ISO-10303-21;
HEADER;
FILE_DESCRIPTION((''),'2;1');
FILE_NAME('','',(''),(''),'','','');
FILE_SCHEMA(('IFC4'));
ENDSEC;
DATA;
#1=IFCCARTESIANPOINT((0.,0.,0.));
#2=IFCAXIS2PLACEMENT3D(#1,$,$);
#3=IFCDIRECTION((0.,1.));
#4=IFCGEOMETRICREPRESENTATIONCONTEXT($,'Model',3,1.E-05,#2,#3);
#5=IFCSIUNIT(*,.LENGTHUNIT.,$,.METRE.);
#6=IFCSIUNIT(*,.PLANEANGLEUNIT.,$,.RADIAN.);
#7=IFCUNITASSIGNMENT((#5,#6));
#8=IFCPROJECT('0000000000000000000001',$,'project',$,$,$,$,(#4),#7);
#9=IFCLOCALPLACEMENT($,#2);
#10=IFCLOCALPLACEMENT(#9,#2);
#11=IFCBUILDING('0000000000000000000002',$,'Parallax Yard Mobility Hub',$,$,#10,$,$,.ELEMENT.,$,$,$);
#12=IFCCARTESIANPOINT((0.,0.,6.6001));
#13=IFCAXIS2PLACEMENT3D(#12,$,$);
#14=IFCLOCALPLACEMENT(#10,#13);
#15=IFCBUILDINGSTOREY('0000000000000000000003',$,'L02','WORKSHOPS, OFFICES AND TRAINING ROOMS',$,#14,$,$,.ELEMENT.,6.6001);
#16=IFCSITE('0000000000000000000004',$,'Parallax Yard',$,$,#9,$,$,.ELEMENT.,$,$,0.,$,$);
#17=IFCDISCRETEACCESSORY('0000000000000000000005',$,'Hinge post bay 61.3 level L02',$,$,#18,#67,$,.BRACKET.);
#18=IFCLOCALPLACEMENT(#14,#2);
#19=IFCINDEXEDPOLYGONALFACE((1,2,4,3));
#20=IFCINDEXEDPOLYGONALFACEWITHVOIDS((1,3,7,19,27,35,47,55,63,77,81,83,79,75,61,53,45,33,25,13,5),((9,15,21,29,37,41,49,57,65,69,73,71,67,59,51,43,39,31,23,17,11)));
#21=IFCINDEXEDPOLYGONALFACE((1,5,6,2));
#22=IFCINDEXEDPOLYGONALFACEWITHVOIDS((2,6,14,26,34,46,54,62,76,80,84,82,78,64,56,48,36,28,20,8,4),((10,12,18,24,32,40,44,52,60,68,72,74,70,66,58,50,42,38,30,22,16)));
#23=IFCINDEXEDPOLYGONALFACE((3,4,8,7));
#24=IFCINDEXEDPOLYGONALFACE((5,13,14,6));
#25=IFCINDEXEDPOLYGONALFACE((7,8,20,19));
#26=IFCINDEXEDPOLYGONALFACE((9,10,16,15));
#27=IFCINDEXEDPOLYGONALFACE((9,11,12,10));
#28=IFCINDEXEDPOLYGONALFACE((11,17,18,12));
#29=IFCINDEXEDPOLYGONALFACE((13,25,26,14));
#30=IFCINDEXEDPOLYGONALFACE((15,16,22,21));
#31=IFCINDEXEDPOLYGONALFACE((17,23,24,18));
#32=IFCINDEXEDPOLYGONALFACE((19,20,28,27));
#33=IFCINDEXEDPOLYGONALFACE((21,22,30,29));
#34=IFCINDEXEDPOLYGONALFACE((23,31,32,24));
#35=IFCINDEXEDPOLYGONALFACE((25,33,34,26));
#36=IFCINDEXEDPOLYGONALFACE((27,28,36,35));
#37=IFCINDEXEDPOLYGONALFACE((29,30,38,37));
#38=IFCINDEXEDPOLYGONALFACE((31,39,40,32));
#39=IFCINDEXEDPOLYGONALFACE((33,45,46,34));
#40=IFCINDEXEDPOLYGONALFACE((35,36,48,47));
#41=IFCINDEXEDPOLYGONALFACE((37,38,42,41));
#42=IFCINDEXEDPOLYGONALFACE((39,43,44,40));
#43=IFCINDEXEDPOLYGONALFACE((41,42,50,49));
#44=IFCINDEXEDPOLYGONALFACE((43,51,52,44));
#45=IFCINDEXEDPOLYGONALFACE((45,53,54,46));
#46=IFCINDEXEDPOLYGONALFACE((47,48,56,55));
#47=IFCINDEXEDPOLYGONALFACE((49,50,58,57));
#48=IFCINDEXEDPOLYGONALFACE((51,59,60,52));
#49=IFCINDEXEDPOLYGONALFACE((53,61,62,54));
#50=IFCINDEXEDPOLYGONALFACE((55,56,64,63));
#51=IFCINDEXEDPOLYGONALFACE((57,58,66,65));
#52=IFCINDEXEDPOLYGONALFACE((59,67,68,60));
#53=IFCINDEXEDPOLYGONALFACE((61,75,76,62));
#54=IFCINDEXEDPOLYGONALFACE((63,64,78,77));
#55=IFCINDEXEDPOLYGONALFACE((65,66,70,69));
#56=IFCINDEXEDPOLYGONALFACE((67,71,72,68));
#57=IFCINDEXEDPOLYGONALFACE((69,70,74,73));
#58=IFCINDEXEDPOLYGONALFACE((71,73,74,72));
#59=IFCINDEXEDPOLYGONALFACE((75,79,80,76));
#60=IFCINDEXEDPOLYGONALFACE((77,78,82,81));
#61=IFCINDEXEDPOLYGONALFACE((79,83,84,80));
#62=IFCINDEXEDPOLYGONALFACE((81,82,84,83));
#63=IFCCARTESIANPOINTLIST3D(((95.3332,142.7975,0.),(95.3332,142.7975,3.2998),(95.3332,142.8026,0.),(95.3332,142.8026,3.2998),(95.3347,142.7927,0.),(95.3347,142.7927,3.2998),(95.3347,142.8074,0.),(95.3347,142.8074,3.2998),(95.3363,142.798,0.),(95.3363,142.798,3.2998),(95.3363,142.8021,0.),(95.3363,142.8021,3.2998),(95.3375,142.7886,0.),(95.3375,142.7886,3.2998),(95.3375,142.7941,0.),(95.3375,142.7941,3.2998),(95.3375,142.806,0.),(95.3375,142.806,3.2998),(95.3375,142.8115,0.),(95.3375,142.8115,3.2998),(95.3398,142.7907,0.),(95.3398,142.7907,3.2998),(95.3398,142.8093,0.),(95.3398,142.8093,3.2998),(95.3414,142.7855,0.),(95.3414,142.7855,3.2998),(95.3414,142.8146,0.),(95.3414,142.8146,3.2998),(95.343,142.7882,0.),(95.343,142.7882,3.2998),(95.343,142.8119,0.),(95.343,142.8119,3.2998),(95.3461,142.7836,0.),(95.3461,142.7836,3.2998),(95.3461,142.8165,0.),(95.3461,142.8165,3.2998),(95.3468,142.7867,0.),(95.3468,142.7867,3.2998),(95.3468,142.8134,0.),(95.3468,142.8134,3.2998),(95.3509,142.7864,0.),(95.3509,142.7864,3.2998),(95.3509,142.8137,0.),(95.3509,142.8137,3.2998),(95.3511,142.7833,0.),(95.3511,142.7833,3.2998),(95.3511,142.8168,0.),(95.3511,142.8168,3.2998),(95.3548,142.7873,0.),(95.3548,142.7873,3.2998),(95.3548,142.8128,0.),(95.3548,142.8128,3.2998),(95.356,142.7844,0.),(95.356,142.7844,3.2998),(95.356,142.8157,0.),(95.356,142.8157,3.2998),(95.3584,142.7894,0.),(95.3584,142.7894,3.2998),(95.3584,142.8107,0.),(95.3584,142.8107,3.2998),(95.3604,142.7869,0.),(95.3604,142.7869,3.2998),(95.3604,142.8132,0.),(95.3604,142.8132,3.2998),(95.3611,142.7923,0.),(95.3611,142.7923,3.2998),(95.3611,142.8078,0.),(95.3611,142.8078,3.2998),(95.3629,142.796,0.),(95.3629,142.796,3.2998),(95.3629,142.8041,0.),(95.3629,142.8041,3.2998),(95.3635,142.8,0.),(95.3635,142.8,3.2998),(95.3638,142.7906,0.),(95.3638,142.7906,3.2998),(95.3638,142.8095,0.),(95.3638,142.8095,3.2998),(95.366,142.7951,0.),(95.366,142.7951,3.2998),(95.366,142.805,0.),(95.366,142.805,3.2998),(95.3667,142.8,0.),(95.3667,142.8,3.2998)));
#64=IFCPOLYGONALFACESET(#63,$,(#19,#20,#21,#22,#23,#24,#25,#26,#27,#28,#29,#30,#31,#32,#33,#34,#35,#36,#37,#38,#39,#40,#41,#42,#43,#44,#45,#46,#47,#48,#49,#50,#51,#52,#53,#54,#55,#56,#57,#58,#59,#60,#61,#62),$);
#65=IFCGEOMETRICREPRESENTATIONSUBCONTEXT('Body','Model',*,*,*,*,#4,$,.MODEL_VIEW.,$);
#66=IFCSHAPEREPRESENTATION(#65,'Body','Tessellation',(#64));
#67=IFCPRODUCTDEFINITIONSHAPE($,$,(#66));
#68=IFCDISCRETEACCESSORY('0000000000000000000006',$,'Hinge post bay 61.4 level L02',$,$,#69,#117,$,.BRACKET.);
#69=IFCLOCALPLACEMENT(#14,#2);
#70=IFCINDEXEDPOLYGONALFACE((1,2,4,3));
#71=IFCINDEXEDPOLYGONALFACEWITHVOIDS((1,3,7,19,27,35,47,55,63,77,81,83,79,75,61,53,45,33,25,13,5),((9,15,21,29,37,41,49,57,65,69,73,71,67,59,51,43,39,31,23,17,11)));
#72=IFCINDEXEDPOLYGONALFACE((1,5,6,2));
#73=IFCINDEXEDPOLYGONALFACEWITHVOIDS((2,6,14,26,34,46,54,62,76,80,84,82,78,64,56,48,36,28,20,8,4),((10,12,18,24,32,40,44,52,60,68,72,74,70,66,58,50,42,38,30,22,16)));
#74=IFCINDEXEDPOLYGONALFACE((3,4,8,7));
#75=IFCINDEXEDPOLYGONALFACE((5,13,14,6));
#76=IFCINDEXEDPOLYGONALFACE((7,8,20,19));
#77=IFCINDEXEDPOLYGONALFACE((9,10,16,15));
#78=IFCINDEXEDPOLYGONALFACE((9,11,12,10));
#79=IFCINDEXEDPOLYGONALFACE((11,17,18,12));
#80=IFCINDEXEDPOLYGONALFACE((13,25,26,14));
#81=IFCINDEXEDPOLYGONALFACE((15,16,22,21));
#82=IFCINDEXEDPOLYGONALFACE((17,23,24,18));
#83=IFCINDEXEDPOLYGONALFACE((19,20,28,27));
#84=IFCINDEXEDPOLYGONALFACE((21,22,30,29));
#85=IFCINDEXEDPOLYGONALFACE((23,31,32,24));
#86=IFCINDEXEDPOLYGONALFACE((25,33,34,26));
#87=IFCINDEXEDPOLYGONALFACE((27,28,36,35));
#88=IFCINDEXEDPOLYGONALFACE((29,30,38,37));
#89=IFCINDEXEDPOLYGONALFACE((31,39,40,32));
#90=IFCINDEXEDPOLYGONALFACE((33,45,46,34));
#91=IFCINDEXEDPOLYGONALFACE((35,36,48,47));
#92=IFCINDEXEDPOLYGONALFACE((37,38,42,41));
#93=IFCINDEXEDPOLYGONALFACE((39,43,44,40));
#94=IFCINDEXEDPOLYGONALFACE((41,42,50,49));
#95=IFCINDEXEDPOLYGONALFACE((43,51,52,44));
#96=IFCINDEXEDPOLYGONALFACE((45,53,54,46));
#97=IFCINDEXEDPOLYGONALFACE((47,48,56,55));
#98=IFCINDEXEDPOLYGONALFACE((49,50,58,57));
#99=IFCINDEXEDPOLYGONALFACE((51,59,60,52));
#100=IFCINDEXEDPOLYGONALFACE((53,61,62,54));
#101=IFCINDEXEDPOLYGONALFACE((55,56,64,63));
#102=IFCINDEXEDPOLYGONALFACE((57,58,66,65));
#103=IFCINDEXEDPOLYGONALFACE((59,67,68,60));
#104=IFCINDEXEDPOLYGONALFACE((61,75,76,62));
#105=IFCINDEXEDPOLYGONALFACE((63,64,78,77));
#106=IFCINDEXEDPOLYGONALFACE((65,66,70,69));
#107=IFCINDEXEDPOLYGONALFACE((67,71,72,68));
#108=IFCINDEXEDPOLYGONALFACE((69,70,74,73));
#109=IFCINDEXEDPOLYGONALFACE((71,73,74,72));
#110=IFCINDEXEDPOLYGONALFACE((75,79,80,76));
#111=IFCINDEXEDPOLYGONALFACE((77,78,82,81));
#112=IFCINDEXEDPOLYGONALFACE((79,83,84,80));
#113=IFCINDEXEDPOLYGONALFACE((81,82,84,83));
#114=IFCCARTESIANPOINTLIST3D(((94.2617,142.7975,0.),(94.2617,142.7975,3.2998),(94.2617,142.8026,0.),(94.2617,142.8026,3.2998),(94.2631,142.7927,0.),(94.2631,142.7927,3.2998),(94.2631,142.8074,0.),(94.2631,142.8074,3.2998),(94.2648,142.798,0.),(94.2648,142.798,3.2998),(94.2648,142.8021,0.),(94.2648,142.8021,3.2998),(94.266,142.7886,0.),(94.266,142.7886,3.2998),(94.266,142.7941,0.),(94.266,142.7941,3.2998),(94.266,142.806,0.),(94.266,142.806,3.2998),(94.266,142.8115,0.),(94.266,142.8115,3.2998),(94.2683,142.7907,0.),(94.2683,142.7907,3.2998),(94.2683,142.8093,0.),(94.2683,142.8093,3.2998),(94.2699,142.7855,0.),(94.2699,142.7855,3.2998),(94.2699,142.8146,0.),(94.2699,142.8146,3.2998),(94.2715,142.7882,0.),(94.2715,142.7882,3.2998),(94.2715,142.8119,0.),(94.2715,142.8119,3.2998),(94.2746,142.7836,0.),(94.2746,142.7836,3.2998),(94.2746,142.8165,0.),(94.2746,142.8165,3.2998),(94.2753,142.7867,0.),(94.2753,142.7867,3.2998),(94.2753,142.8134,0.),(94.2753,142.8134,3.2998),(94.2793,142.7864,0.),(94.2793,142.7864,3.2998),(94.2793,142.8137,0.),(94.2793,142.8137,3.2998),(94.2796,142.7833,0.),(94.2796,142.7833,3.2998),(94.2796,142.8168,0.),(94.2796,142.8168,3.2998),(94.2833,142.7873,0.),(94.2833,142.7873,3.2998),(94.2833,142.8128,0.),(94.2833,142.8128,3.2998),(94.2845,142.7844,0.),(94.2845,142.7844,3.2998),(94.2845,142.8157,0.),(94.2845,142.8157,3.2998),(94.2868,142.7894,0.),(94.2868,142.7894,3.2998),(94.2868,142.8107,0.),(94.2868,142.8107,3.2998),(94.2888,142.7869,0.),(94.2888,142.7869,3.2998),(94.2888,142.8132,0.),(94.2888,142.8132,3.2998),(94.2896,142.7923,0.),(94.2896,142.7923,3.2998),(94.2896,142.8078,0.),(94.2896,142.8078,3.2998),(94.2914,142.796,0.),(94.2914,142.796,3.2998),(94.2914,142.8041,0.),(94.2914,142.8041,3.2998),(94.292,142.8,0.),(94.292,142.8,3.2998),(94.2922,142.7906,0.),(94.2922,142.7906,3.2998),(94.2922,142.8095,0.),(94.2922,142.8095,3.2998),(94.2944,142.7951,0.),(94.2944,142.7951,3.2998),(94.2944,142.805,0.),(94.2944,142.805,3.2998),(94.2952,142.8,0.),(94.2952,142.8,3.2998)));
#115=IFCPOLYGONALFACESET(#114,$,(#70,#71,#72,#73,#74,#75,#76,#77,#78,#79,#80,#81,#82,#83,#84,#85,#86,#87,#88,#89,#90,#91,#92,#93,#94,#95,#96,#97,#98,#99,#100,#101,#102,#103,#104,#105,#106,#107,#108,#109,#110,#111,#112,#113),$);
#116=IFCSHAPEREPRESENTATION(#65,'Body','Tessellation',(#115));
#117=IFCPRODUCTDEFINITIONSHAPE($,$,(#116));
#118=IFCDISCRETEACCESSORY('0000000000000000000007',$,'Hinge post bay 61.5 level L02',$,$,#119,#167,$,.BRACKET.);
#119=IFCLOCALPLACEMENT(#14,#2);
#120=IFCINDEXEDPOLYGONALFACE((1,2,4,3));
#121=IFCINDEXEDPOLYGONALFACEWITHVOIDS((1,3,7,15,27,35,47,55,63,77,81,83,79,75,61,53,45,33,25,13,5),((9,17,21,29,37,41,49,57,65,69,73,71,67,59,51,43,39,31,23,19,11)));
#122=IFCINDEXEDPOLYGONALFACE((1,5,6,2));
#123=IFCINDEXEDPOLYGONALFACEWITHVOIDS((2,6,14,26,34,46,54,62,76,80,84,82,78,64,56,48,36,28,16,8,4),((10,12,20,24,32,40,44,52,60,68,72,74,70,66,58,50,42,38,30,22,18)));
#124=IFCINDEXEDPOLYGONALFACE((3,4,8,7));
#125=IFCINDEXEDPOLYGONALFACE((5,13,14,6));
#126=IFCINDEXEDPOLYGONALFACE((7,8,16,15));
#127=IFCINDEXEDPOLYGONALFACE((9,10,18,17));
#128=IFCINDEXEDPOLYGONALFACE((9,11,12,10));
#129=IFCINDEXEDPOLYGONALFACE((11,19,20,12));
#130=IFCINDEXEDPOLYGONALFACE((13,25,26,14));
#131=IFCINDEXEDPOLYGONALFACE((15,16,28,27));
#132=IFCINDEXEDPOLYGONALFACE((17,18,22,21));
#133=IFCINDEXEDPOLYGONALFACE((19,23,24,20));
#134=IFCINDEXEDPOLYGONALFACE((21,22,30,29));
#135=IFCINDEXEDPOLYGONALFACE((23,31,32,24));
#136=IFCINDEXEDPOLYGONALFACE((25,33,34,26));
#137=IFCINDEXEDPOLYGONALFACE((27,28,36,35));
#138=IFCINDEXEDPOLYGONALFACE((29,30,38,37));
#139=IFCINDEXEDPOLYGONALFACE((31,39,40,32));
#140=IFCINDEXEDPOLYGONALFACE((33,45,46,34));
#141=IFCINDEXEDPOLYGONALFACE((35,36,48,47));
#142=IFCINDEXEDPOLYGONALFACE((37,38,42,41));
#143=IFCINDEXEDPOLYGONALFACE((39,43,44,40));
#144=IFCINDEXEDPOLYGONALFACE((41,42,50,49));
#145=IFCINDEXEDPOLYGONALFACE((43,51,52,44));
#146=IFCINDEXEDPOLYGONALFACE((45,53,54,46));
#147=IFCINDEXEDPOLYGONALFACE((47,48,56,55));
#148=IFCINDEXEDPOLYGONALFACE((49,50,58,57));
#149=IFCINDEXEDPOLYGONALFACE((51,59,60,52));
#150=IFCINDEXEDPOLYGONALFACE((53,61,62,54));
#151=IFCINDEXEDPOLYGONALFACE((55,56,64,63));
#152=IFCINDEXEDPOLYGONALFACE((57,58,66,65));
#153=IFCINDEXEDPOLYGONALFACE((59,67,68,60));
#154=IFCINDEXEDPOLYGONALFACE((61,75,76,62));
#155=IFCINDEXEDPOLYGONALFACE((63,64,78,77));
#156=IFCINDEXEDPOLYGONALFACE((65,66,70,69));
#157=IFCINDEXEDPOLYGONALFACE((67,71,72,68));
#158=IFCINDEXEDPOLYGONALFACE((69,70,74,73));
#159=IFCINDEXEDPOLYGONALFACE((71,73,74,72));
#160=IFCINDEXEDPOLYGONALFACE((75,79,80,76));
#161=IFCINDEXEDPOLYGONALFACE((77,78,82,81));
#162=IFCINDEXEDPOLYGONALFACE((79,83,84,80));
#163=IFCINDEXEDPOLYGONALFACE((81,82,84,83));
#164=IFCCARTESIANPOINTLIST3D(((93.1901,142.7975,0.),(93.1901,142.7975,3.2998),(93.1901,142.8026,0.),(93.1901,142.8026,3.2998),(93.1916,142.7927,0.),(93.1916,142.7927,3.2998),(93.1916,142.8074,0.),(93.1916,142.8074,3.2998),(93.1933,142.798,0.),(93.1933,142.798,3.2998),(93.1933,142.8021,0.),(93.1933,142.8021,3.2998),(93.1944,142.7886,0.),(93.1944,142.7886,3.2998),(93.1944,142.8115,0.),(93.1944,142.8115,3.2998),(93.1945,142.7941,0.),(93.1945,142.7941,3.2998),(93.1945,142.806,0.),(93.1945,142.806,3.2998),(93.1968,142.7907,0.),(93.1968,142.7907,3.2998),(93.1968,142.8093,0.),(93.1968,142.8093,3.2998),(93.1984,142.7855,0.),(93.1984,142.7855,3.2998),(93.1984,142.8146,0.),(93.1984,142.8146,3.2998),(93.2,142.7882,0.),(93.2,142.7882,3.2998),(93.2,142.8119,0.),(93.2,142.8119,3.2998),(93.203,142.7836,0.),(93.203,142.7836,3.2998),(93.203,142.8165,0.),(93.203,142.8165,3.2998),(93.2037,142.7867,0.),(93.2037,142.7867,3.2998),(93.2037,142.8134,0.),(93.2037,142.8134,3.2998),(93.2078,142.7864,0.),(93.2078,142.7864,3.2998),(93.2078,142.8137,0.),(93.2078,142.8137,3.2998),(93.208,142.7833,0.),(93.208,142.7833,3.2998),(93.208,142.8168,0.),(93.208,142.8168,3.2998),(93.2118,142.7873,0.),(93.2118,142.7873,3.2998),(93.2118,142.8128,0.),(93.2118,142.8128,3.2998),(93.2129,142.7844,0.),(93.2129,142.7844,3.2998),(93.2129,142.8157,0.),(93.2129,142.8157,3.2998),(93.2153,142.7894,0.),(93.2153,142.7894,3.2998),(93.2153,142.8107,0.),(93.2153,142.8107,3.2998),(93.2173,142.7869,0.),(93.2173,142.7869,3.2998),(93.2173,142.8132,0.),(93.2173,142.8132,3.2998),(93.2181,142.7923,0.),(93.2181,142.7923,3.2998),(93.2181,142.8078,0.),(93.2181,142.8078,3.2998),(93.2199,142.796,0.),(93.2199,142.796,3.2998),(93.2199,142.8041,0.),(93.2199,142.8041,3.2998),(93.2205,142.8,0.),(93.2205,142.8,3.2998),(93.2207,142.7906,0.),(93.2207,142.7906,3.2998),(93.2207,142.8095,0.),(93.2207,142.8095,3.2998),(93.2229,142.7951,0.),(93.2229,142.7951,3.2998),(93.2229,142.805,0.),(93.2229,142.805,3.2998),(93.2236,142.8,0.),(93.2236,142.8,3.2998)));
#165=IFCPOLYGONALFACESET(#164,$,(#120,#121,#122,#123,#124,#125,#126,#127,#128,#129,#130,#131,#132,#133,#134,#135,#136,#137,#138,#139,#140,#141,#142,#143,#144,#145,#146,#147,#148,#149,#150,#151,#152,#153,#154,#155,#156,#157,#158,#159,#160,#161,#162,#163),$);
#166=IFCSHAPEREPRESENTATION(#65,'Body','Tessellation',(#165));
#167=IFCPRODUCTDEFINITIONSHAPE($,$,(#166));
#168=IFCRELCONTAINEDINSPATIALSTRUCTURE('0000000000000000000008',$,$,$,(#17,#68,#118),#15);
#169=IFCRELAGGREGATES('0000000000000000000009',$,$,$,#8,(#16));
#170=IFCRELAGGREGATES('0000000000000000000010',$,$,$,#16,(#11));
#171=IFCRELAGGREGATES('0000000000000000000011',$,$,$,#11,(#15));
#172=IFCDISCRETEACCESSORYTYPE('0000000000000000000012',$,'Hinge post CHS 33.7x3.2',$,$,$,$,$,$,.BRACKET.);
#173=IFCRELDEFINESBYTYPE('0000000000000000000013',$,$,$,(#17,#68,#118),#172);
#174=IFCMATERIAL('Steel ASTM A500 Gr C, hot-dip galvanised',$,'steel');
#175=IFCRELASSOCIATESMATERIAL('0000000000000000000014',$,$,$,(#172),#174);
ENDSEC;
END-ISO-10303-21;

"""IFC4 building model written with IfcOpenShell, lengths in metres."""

from ifc_helpers import new_model, si_unit, direction, frame, origin, origin_2d, place, context, subcontext, project, spatial, hollow_circle, extrude, material, material_profile, profile_set, type_object, element, save


model = new_model("IFC4")

# Units and contexts
model_context = context("Model", 3, precision=1e-05, world=origin(), true_north=direction((0.0, 1.0)))
body_context = subcontext(model_context, "Body", "Model", "MODEL_VIEW")
ifc_project = project(units=[si_unit("LENGTHUNIT", "METRE"), si_unit("PLANEANGLEUNIT", "RADIAN")], contexts=[model_context])

# Site, building, storey
site_placement = place(None, origin())
site = spatial("IfcSite", under=ifc_project, at=site_placement, Name="Parallax Yard", CompositionType="ELEMENT", RefElevation=0.0)
building_placement = place(site_placement, origin())
building = spatial("IfcBuilding", under=site, at=building_placement, Name="Parallax Yard Mobility Hub", CompositionType="ELEMENT")
storey_placement = place(building_placement, frame((0.0, 0.0, 6.6001)))
storey = spatial("IfcBuildingStorey", under=building, at=storey_placement, Name="L02", Description="WORKSHOPS, OFFICES AND TRAINING ROOMS", CompositionType="ELEMENT", Elevation=6.6001)

# Discrete accessories
ifc_material_1 = material(Name="Steel ASTM A500 Gr C, hot-dip galvanised", Category="steel")
ifc_material_profile = material_profile(ifc_material_1, hollow_circle(Radius=0.0168, WallThickness=0.0032, at=origin_2d()), Name="CHS 33.7x3.2")
ifc_profile_set = profile_set([ifc_material_profile], Name="Steel ASTM A500 Gr C, hot-dip galvanised")
discrete_accessory_type_1 = type_object("IfcDiscreteAccessoryType", Name="Hinge post CHS 33.7x3.2", PredefinedType="BRACKET", material=ifc_profile_set)
for number, where, z_axis, x_axis, name in (
    (1, (95.3499, 142.8, 0.0), (0.0, 0.0, 1.0), (1.0, 0.0, 0.0), "Hinge post bay 61.3 level L02"),
    (2, (94.2783, 142.8, 0.0), (0.0, 0.0, 1.0), (1.0, 0.0, 0.0), "Hinge post bay 61.4 level L02"),
    (3, (93.2068, 142.8, 0.0), (0.0, 0.0, 1.0), (1.0, 0.0, 0.0), "Hinge post bay 61.5 level L02"),
):
    element("IfcDiscreteAccessory", number, at=place(storey_placement, frame(where, z_axis=z_axis, x_axis=x_axis)), inside=storey, type_object=discrete_accessory_type_1, Name=name, PredefinedType="BRACKET", context=body_context, shape_type="SweptSolid", body=[
        extrude(hollow_circle(Radius=0.0168, WallThickness=0.0032, at=origin_2d()), origin(), (0.0, 0.0, 1.0), 3.2998),
    ])

save(model, "model.ifc")
